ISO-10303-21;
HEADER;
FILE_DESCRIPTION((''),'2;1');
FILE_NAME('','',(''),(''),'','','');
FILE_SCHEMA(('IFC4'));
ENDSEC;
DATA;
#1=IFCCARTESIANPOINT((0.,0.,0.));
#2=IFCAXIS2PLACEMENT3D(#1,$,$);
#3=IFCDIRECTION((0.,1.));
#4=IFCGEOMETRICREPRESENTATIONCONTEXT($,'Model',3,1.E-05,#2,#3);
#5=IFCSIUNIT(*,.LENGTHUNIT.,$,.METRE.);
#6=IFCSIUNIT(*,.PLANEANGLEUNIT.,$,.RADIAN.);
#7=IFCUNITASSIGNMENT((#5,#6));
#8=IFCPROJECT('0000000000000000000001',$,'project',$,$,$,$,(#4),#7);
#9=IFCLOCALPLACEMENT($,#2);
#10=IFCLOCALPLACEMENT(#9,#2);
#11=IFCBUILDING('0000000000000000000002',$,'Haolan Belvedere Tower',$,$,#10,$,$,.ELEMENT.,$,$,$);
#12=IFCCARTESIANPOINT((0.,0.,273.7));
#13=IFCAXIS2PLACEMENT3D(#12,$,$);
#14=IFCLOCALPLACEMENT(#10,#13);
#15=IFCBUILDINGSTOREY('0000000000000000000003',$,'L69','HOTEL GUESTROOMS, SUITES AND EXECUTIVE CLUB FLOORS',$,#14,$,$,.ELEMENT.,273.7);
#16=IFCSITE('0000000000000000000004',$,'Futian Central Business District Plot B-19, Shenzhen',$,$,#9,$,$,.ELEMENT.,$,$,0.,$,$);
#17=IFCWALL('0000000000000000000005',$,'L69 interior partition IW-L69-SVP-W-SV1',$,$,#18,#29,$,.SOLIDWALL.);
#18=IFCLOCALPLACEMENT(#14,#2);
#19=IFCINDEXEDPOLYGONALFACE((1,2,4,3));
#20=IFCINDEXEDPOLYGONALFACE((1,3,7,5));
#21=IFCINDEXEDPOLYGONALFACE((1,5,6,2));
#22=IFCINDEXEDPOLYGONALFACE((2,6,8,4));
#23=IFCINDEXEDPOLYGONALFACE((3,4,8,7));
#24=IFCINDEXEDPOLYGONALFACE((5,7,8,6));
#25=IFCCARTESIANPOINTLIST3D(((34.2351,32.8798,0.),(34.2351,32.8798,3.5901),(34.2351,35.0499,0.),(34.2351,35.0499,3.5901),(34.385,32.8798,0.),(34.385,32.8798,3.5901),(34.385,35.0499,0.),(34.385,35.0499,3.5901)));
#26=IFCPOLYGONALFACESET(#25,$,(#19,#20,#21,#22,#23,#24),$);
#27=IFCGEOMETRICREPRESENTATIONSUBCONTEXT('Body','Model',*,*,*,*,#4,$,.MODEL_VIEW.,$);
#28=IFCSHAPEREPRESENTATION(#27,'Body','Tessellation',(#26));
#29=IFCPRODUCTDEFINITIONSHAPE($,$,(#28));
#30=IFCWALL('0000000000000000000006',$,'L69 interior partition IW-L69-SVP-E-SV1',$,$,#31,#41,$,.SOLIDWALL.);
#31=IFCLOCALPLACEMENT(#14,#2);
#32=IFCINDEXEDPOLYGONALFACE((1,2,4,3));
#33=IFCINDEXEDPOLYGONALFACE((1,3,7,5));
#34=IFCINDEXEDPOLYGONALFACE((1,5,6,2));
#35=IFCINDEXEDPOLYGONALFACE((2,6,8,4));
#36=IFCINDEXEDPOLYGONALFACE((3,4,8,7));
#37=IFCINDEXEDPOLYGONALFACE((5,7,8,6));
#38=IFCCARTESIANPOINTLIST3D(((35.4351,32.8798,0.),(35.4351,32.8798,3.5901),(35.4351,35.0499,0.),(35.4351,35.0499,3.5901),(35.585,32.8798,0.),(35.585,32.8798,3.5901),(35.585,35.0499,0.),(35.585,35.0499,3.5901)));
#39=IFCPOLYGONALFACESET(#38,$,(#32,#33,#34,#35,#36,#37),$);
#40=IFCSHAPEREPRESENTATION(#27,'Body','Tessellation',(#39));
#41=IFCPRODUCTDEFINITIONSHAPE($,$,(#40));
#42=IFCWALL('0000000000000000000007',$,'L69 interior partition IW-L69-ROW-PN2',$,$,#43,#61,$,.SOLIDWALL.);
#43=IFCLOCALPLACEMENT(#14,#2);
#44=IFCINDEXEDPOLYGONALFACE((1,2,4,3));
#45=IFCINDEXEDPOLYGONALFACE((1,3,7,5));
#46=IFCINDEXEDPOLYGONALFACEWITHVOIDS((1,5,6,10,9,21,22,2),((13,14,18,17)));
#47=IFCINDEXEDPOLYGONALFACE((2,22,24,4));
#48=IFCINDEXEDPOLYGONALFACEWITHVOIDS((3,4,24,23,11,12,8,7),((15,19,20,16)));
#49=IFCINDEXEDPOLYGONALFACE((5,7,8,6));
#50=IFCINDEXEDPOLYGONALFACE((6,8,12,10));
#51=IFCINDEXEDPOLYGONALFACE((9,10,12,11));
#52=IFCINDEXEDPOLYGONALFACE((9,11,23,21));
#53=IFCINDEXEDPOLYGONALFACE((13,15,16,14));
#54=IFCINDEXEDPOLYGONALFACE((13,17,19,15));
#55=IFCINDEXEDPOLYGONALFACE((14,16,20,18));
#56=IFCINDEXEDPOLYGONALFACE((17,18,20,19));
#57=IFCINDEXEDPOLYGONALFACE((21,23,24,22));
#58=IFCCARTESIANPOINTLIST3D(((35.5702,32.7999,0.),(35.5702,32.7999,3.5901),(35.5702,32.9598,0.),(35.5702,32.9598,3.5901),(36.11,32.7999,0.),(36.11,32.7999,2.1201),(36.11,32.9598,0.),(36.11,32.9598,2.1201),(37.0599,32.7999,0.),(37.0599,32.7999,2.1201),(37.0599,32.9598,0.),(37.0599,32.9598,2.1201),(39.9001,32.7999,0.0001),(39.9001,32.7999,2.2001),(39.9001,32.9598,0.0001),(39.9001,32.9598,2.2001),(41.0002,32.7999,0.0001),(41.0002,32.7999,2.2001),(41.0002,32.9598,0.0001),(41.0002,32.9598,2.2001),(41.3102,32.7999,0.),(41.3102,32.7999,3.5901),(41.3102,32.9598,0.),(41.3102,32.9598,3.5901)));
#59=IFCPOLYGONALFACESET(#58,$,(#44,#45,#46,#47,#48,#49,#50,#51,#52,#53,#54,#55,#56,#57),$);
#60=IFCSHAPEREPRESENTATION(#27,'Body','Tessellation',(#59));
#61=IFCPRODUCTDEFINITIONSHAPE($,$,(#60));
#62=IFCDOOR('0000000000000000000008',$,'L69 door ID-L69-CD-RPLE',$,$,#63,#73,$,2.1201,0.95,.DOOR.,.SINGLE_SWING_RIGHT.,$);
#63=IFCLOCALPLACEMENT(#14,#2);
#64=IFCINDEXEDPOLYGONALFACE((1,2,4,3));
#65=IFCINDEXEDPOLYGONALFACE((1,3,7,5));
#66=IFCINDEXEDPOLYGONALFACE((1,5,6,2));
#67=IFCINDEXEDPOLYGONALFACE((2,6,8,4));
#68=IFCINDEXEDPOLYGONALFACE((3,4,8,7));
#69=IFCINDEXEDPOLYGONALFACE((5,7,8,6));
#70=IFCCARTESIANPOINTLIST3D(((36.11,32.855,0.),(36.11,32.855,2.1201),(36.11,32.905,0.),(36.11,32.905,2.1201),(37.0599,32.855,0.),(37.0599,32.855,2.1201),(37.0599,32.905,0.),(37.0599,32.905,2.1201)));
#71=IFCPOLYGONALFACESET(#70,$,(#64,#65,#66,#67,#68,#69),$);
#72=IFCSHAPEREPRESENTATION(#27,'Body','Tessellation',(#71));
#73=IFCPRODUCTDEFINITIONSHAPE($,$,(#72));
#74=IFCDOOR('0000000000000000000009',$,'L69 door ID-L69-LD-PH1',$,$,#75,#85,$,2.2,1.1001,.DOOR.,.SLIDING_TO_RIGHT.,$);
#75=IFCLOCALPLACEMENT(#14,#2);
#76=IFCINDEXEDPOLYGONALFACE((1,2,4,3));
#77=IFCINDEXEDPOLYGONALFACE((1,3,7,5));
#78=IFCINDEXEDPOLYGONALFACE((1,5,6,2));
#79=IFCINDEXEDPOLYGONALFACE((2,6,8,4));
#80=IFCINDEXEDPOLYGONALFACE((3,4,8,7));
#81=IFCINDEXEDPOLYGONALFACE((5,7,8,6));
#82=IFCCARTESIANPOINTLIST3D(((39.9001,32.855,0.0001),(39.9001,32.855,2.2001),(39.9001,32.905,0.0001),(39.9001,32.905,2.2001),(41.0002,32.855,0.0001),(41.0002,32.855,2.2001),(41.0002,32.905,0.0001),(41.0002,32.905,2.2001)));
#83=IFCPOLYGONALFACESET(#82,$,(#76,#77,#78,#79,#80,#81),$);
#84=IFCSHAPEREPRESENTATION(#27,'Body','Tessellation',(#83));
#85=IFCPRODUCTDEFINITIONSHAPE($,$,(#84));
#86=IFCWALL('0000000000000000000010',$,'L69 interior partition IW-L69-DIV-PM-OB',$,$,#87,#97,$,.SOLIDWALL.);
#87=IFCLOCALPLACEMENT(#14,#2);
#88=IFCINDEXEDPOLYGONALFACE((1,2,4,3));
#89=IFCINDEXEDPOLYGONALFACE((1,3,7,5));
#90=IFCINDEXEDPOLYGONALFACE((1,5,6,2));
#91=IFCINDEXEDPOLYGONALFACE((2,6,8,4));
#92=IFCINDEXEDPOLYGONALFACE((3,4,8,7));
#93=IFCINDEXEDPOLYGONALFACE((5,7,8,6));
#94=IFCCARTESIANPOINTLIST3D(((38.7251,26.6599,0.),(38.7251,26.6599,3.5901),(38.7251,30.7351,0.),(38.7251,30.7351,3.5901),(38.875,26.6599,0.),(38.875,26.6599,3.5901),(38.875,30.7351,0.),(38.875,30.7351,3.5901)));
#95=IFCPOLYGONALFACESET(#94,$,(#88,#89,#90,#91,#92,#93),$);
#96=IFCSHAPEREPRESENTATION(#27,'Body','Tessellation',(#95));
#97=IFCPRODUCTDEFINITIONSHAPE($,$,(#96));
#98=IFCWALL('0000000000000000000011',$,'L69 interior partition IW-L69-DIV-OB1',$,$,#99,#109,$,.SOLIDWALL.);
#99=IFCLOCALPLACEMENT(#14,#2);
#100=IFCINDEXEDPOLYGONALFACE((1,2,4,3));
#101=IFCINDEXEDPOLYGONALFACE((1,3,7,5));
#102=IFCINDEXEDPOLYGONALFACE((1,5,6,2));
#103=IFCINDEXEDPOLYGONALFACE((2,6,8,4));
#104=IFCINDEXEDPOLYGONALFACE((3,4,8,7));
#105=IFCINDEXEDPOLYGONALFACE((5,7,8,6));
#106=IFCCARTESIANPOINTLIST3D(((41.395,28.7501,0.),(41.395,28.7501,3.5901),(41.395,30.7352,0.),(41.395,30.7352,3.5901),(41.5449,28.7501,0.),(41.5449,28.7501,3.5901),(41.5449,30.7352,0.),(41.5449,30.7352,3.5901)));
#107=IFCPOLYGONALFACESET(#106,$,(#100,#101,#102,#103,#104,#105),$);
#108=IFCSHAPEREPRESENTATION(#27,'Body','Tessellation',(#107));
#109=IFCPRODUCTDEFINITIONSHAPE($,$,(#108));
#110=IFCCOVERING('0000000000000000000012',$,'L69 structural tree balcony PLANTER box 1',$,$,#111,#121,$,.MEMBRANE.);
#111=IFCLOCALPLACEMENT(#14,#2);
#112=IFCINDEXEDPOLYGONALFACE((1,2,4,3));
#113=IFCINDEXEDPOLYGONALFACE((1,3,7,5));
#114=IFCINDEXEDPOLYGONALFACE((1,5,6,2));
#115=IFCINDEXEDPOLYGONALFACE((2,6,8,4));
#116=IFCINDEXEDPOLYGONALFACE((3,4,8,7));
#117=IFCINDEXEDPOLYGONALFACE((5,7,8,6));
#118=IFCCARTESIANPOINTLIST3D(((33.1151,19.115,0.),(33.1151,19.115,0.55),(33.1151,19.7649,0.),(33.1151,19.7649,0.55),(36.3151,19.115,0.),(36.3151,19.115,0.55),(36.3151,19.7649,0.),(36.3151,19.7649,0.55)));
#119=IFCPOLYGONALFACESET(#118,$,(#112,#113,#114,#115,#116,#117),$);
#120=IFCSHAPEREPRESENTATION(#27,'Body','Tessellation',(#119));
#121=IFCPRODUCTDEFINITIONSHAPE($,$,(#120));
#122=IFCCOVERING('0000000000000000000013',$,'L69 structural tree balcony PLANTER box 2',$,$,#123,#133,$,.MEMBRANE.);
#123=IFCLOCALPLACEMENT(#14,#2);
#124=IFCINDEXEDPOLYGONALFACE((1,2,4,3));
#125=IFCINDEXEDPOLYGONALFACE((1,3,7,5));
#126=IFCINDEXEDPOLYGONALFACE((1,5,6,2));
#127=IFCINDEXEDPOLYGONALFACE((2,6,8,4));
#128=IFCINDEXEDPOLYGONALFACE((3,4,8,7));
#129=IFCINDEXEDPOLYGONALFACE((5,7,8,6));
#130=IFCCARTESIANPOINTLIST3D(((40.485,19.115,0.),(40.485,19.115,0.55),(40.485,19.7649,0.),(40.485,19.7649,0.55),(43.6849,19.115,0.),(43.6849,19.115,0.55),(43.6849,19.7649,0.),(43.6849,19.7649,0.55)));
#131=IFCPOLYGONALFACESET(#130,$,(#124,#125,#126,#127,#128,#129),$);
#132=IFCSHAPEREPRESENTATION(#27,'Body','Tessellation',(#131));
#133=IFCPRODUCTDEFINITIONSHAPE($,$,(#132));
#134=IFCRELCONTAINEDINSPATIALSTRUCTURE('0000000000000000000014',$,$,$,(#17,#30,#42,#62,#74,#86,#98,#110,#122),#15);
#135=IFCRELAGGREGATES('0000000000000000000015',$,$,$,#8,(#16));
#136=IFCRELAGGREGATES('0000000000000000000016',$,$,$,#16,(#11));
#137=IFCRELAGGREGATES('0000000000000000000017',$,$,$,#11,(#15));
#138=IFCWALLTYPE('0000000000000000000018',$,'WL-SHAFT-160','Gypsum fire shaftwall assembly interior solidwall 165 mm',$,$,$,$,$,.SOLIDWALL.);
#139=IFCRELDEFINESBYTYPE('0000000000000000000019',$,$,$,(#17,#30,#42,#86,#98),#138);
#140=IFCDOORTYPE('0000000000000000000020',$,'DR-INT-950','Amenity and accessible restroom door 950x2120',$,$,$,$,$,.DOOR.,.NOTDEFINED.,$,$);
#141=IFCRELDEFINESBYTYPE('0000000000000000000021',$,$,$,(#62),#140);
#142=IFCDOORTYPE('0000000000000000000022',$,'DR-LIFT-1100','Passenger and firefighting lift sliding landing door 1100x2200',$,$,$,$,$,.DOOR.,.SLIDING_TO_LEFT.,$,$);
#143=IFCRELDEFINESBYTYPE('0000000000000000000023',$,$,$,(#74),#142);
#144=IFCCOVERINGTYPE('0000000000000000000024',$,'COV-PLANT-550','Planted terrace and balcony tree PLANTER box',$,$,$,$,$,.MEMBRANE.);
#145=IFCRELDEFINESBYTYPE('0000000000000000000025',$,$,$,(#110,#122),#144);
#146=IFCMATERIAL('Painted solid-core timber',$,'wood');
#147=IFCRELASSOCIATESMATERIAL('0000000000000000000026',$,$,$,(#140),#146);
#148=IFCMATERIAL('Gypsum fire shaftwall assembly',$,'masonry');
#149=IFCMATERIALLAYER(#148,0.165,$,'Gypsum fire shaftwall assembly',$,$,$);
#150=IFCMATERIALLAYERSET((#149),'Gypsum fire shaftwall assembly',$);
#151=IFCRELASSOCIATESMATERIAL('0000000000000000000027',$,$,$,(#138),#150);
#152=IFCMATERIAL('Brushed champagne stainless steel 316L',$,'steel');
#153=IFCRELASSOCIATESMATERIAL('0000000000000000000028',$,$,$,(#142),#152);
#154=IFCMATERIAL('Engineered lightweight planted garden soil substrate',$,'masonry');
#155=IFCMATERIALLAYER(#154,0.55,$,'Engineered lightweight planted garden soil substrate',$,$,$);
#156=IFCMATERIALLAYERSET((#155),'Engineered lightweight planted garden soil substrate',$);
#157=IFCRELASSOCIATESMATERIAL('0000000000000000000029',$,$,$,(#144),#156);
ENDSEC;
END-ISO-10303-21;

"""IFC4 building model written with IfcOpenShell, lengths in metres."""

from ifc_helpers import new_model, si_unit, direction, frame, frame_2d, origin, origin_2d, place, context, subcontext, project, spatial, rectangle, extrude, material, layer, layer_set, type_object, element, fill, save


model = new_model("IFC4")

# Units and contexts
model_context = context("Model", 3, precision=1e-05, world=origin(), true_north=direction((0.0, 1.0)))
body_context = subcontext(model_context, "Body", "Model", "MODEL_VIEW")
ifc_project = project(units=[si_unit("LENGTHUNIT", "METRE"), si_unit("PLANEANGLEUNIT", "RADIAN")], contexts=[model_context])

# Site, building, storey
site_placement = place(None, origin())
site = spatial("IfcSite", under=ifc_project, at=site_placement, Name="Futian Central Business District Plot B-19, Shenzhen", CompositionType="ELEMENT", RefElevation=0.0)
building_placement = place(site_placement, origin())
building = spatial("IfcBuilding", under=site, at=building_placement, Name="Haolan Belvedere Tower", CompositionType="ELEMENT")
storey_placement = place(building_placement, frame((0.0, 0.0, 273.7)))
storey = spatial("IfcBuildingStorey", under=building, at=storey_placement, Name="L69", Description="HOTEL GUESTROOMS, SUITES AND EXECUTIVE CLUB FLOORS", CompositionType="ELEMENT", Elevation=273.7)

# Shared definitions
ifc_material_1 = material(Name="Painted solid-core timber", Category="wood")
door_type_1 = type_object("IfcDoorType", Name="DR-INT-950", Description="Amenity and accessible restroom door 950x2120", OperationType="NOTDEFINED", PredefinedType="DOOR", material=ifc_material_1)

# Walls
ifc_material_2 = material(Name="Gypsum fire shaftwall assembly", Category="masonry")
ifc_layer_1 = layer(ifc_material_2, 0.165, Name="Gypsum fire shaftwall assembly")
ifc_layer_set_1 = layer_set([ifc_layer_1], Name="Gypsum fire shaftwall assembly")
wall_type_1 = type_object("IfcWallType", Name="WL-SHAFT-160", Description="Gypsum fire shaftwall assembly interior solidwall 165 mm", PredefinedType="SOLIDWALL", material=ifc_layer_set_1)
for number, where, z_axis, x_axis, name in (
    (1, (34.3101, 32.8799, 0.0), (0.0, 0.0, 1.0), (0.0, 1.0, 0.0), "L69 interior partition IW-L69-SVP-W-SV1"),
    (2, (35.51, 32.8799, 0.0), (0.0, 0.0, 1.0), (0.0, 1.0, 0.0), "L69 interior partition IW-L69-SVP-E-SV1"),
):
    element("IfcWall", number, at=place(storey_placement, frame(where, z_axis=z_axis, x_axis=x_axis)), inside=storey, type_object=wall_type_1, Name=name, PredefinedType="SOLIDWALL", context=body_context, shape_type="SweptSolid", body=[
        extrude(rectangle(XDim=2.1702, YDim=0.1499, at=frame_2d((1.085, 0.0))), origin(), (0.0, 0.0, 1.0), 3.5901),
    ])

# Wall, openings, doors
wall_1_placement = place(storey_placement, frame((35.5701, 32.8799, 0.0), z_axis=(0.0, 0.0, 1.0), x_axis=(1.0, 0.0, 0.0)))
wall_1 = element("IfcWall", 3, at=wall_1_placement, inside=storey, type_object=wall_type_1, Name="L69 interior partition IW-L69-ROW-PN2", PredefinedType="SOLIDWALL", context=body_context, shape_type="SweptSolid", body=[
    extrude(rectangle(XDim=5.74, YDim=0.1599, at=frame_2d((2.8701, 0.0))), origin(), (0.0, 0.0, 1.0), 3.5901),
])
opening_1_placement = place(wall_1_placement, frame((1.49, 0.0, 0.0), z_axis=(0.0, 0.0, 1.0), x_axis=(-1.0, 0.0, 0.0)))
opening_1 = element("IfcOpeningElement", 4, at=opening_1_placement, cuts=wall_1, PredefinedType="OPENING", context=body_context, shape_type="SweptSolid", body=[
    extrude(rectangle(XDim=0.95, YDim=2.1201, at=frame_2d((0.4751, 1.0601))), frame((0.0, 0.0898, 0.0), z_axis=(0.0, -1.0, 0.0), x_axis=(1.0, 0.0, 0.0)), (0.0, 0.0, 1.0), 0.1799),
])
opening_2_placement = place(wall_1_placement, frame((5.4302, 0.0, 0.0), z_axis=(0.0, 0.0, 1.0), x_axis=(-1.0, 0.0, 0.0)))
opening_2 = element("IfcOpeningElement", 5, at=opening_2_placement, cuts=wall_1, PredefinedType="OPENING", context=body_context, shape_type="SweptSolid", body=[
    extrude(rectangle(XDim=1.1001, YDim=2.2, at=frame_2d((0.55, 1.1001))), frame((0.0, 0.0898, 0.0), z_axis=(0.0, -1.0, 0.0), x_axis=(1.0, 0.0, 0.0)), (0.0, 0.0, 1.0), 0.1799),
])
door_1_placement = place(opening_1_placement, origin())
door_1 = element("IfcDoor", 6, at=door_1_placement, inside=storey, type_object=door_type_1, Name="L69 door ID-L69-CD-RPLE", OperationType="SINGLE_SWING_RIGHT", OverallHeight=2.1201, OverallWidth=0.95, PredefinedType="DOOR", context=body_context, shape_type="SweptSolid", body=[
    extrude(rectangle(XDim=0.95, YDim=2.1201, at=frame_2d((0.4751, 1.0601))), frame((0.0, 0.0249, 0.0), z_axis=(0.0, -1.0, 0.0), x_axis=(1.0, 0.0, 0.0)), (0.0, 0.0, 1.0), 0.05),
])
fill(opening_1, door_1)
ifc_material_3 = material(Name="Brushed champagne stainless steel 316L", Category="steel")
door_type_2 = type_object("IfcDoorType", Name="DR-LIFT-1100", Description="Passenger and firefighting lift sliding landing door 1100x2200", OperationType="SLIDING_TO_LEFT", PredefinedType="DOOR", material=ifc_material_3)
door_2_placement = place(opening_2_placement, origin())
door_2 = element("IfcDoor", 7, at=door_2_placement, inside=storey, type_object=door_type_2, Name="L69 door ID-L69-LD-PH1", OperationType="SLIDING_TO_RIGHT", OverallHeight=2.2, OverallWidth=1.1001, PredefinedType="DOOR", context=body_context, shape_type="SweptSolid", body=[
    extrude(rectangle(XDim=1.1001, YDim=2.2, at=frame_2d((0.55, 1.1001))), frame((0.0, 0.0249, 0.0), z_axis=(0.0, -1.0, 0.0), x_axis=(1.0, 0.0, 0.0)), (0.0, 0.0, 1.0), 0.05),
])
fill(opening_2, door_2)

# Walls
wall_2_placement = place(storey_placement, frame((38.8, 26.6599, 0.0), z_axis=(0.0, 0.0, 1.0), x_axis=(0.0, 1.0, 0.0)))
element("IfcWall", 8, at=wall_2_placement, inside=storey, type_object=wall_type_1, Name="L69 interior partition IW-L69-DIV-PM-OB", PredefinedType="SOLIDWALL", context=body_context, shape_type="SweptSolid", body=[
    extrude(rectangle(XDim=4.0752, YDim=0.1499, at=frame_2d((2.0376, 0.0))), origin(), (0.0, 0.0, 1.0), 3.5901),
])
wall_3_placement = place(storey_placement, frame((41.47, 28.75, 0.0), z_axis=(0.0, 0.0, 1.0), x_axis=(0.0, 1.0, 0.0)))
element("IfcWall", 9, at=wall_3_placement, inside=storey, type_object=wall_type_1, Name="L69 interior partition IW-L69-DIV-OB1", PredefinedType="SOLIDWALL", context=body_context, shape_type="SweptSolid", body=[
    extrude(rectangle(XDim=1.9851, YDim=0.1499, at=frame_2d((0.9927, 0.0))), origin(), (0.0, 0.0, 1.0), 3.5901),
])

# Coverings
ifc_material_4 = material(Name="Engineered lightweight planted garden soil substrate", Category="masonry")
ifc_layer_2 = layer(ifc_material_4, 0.55, Name="Engineered lightweight planted garden soil substrate")
ifc_layer_set_2 = layer_set([ifc_layer_2], Name="Engineered lightweight planted garden soil substrate")
covering_type = type_object("IfcCoveringType", Name="COV-PLANT-550", Description="Planted terrace and balcony tree PLANTER box", PredefinedType="MEMBRANE", material=ifc_layer_set_2)
for number, where, z_axis, x_axis, name in (
    (10, (34.7151, 19.4399, 0.0), (0.0, 0.0, 1.0), (1.0, 0.0, 0.0), "L69 structural tree balcony PLANTER box 1"),
    (11, (42.085, 19.4399, 0.0), (0.0, 0.0, 1.0), (1.0, 0.0, 0.0), "L69 structural tree balcony PLANTER box 2"),
):
    element("IfcCovering", number, at=place(storey_placement, frame(where, z_axis=z_axis, x_axis=x_axis)), inside=storey, type_object=covering_type, Name=name, PredefinedType="MEMBRANE", context=body_context, shape_type="SweptSolid", body=[
        extrude(rectangle(XDim=3.2, YDim=0.6499, at=origin_2d()), origin(), (0.0, 0.0, 1.0), 0.55),
    ])

save(model, "model.ifc")
